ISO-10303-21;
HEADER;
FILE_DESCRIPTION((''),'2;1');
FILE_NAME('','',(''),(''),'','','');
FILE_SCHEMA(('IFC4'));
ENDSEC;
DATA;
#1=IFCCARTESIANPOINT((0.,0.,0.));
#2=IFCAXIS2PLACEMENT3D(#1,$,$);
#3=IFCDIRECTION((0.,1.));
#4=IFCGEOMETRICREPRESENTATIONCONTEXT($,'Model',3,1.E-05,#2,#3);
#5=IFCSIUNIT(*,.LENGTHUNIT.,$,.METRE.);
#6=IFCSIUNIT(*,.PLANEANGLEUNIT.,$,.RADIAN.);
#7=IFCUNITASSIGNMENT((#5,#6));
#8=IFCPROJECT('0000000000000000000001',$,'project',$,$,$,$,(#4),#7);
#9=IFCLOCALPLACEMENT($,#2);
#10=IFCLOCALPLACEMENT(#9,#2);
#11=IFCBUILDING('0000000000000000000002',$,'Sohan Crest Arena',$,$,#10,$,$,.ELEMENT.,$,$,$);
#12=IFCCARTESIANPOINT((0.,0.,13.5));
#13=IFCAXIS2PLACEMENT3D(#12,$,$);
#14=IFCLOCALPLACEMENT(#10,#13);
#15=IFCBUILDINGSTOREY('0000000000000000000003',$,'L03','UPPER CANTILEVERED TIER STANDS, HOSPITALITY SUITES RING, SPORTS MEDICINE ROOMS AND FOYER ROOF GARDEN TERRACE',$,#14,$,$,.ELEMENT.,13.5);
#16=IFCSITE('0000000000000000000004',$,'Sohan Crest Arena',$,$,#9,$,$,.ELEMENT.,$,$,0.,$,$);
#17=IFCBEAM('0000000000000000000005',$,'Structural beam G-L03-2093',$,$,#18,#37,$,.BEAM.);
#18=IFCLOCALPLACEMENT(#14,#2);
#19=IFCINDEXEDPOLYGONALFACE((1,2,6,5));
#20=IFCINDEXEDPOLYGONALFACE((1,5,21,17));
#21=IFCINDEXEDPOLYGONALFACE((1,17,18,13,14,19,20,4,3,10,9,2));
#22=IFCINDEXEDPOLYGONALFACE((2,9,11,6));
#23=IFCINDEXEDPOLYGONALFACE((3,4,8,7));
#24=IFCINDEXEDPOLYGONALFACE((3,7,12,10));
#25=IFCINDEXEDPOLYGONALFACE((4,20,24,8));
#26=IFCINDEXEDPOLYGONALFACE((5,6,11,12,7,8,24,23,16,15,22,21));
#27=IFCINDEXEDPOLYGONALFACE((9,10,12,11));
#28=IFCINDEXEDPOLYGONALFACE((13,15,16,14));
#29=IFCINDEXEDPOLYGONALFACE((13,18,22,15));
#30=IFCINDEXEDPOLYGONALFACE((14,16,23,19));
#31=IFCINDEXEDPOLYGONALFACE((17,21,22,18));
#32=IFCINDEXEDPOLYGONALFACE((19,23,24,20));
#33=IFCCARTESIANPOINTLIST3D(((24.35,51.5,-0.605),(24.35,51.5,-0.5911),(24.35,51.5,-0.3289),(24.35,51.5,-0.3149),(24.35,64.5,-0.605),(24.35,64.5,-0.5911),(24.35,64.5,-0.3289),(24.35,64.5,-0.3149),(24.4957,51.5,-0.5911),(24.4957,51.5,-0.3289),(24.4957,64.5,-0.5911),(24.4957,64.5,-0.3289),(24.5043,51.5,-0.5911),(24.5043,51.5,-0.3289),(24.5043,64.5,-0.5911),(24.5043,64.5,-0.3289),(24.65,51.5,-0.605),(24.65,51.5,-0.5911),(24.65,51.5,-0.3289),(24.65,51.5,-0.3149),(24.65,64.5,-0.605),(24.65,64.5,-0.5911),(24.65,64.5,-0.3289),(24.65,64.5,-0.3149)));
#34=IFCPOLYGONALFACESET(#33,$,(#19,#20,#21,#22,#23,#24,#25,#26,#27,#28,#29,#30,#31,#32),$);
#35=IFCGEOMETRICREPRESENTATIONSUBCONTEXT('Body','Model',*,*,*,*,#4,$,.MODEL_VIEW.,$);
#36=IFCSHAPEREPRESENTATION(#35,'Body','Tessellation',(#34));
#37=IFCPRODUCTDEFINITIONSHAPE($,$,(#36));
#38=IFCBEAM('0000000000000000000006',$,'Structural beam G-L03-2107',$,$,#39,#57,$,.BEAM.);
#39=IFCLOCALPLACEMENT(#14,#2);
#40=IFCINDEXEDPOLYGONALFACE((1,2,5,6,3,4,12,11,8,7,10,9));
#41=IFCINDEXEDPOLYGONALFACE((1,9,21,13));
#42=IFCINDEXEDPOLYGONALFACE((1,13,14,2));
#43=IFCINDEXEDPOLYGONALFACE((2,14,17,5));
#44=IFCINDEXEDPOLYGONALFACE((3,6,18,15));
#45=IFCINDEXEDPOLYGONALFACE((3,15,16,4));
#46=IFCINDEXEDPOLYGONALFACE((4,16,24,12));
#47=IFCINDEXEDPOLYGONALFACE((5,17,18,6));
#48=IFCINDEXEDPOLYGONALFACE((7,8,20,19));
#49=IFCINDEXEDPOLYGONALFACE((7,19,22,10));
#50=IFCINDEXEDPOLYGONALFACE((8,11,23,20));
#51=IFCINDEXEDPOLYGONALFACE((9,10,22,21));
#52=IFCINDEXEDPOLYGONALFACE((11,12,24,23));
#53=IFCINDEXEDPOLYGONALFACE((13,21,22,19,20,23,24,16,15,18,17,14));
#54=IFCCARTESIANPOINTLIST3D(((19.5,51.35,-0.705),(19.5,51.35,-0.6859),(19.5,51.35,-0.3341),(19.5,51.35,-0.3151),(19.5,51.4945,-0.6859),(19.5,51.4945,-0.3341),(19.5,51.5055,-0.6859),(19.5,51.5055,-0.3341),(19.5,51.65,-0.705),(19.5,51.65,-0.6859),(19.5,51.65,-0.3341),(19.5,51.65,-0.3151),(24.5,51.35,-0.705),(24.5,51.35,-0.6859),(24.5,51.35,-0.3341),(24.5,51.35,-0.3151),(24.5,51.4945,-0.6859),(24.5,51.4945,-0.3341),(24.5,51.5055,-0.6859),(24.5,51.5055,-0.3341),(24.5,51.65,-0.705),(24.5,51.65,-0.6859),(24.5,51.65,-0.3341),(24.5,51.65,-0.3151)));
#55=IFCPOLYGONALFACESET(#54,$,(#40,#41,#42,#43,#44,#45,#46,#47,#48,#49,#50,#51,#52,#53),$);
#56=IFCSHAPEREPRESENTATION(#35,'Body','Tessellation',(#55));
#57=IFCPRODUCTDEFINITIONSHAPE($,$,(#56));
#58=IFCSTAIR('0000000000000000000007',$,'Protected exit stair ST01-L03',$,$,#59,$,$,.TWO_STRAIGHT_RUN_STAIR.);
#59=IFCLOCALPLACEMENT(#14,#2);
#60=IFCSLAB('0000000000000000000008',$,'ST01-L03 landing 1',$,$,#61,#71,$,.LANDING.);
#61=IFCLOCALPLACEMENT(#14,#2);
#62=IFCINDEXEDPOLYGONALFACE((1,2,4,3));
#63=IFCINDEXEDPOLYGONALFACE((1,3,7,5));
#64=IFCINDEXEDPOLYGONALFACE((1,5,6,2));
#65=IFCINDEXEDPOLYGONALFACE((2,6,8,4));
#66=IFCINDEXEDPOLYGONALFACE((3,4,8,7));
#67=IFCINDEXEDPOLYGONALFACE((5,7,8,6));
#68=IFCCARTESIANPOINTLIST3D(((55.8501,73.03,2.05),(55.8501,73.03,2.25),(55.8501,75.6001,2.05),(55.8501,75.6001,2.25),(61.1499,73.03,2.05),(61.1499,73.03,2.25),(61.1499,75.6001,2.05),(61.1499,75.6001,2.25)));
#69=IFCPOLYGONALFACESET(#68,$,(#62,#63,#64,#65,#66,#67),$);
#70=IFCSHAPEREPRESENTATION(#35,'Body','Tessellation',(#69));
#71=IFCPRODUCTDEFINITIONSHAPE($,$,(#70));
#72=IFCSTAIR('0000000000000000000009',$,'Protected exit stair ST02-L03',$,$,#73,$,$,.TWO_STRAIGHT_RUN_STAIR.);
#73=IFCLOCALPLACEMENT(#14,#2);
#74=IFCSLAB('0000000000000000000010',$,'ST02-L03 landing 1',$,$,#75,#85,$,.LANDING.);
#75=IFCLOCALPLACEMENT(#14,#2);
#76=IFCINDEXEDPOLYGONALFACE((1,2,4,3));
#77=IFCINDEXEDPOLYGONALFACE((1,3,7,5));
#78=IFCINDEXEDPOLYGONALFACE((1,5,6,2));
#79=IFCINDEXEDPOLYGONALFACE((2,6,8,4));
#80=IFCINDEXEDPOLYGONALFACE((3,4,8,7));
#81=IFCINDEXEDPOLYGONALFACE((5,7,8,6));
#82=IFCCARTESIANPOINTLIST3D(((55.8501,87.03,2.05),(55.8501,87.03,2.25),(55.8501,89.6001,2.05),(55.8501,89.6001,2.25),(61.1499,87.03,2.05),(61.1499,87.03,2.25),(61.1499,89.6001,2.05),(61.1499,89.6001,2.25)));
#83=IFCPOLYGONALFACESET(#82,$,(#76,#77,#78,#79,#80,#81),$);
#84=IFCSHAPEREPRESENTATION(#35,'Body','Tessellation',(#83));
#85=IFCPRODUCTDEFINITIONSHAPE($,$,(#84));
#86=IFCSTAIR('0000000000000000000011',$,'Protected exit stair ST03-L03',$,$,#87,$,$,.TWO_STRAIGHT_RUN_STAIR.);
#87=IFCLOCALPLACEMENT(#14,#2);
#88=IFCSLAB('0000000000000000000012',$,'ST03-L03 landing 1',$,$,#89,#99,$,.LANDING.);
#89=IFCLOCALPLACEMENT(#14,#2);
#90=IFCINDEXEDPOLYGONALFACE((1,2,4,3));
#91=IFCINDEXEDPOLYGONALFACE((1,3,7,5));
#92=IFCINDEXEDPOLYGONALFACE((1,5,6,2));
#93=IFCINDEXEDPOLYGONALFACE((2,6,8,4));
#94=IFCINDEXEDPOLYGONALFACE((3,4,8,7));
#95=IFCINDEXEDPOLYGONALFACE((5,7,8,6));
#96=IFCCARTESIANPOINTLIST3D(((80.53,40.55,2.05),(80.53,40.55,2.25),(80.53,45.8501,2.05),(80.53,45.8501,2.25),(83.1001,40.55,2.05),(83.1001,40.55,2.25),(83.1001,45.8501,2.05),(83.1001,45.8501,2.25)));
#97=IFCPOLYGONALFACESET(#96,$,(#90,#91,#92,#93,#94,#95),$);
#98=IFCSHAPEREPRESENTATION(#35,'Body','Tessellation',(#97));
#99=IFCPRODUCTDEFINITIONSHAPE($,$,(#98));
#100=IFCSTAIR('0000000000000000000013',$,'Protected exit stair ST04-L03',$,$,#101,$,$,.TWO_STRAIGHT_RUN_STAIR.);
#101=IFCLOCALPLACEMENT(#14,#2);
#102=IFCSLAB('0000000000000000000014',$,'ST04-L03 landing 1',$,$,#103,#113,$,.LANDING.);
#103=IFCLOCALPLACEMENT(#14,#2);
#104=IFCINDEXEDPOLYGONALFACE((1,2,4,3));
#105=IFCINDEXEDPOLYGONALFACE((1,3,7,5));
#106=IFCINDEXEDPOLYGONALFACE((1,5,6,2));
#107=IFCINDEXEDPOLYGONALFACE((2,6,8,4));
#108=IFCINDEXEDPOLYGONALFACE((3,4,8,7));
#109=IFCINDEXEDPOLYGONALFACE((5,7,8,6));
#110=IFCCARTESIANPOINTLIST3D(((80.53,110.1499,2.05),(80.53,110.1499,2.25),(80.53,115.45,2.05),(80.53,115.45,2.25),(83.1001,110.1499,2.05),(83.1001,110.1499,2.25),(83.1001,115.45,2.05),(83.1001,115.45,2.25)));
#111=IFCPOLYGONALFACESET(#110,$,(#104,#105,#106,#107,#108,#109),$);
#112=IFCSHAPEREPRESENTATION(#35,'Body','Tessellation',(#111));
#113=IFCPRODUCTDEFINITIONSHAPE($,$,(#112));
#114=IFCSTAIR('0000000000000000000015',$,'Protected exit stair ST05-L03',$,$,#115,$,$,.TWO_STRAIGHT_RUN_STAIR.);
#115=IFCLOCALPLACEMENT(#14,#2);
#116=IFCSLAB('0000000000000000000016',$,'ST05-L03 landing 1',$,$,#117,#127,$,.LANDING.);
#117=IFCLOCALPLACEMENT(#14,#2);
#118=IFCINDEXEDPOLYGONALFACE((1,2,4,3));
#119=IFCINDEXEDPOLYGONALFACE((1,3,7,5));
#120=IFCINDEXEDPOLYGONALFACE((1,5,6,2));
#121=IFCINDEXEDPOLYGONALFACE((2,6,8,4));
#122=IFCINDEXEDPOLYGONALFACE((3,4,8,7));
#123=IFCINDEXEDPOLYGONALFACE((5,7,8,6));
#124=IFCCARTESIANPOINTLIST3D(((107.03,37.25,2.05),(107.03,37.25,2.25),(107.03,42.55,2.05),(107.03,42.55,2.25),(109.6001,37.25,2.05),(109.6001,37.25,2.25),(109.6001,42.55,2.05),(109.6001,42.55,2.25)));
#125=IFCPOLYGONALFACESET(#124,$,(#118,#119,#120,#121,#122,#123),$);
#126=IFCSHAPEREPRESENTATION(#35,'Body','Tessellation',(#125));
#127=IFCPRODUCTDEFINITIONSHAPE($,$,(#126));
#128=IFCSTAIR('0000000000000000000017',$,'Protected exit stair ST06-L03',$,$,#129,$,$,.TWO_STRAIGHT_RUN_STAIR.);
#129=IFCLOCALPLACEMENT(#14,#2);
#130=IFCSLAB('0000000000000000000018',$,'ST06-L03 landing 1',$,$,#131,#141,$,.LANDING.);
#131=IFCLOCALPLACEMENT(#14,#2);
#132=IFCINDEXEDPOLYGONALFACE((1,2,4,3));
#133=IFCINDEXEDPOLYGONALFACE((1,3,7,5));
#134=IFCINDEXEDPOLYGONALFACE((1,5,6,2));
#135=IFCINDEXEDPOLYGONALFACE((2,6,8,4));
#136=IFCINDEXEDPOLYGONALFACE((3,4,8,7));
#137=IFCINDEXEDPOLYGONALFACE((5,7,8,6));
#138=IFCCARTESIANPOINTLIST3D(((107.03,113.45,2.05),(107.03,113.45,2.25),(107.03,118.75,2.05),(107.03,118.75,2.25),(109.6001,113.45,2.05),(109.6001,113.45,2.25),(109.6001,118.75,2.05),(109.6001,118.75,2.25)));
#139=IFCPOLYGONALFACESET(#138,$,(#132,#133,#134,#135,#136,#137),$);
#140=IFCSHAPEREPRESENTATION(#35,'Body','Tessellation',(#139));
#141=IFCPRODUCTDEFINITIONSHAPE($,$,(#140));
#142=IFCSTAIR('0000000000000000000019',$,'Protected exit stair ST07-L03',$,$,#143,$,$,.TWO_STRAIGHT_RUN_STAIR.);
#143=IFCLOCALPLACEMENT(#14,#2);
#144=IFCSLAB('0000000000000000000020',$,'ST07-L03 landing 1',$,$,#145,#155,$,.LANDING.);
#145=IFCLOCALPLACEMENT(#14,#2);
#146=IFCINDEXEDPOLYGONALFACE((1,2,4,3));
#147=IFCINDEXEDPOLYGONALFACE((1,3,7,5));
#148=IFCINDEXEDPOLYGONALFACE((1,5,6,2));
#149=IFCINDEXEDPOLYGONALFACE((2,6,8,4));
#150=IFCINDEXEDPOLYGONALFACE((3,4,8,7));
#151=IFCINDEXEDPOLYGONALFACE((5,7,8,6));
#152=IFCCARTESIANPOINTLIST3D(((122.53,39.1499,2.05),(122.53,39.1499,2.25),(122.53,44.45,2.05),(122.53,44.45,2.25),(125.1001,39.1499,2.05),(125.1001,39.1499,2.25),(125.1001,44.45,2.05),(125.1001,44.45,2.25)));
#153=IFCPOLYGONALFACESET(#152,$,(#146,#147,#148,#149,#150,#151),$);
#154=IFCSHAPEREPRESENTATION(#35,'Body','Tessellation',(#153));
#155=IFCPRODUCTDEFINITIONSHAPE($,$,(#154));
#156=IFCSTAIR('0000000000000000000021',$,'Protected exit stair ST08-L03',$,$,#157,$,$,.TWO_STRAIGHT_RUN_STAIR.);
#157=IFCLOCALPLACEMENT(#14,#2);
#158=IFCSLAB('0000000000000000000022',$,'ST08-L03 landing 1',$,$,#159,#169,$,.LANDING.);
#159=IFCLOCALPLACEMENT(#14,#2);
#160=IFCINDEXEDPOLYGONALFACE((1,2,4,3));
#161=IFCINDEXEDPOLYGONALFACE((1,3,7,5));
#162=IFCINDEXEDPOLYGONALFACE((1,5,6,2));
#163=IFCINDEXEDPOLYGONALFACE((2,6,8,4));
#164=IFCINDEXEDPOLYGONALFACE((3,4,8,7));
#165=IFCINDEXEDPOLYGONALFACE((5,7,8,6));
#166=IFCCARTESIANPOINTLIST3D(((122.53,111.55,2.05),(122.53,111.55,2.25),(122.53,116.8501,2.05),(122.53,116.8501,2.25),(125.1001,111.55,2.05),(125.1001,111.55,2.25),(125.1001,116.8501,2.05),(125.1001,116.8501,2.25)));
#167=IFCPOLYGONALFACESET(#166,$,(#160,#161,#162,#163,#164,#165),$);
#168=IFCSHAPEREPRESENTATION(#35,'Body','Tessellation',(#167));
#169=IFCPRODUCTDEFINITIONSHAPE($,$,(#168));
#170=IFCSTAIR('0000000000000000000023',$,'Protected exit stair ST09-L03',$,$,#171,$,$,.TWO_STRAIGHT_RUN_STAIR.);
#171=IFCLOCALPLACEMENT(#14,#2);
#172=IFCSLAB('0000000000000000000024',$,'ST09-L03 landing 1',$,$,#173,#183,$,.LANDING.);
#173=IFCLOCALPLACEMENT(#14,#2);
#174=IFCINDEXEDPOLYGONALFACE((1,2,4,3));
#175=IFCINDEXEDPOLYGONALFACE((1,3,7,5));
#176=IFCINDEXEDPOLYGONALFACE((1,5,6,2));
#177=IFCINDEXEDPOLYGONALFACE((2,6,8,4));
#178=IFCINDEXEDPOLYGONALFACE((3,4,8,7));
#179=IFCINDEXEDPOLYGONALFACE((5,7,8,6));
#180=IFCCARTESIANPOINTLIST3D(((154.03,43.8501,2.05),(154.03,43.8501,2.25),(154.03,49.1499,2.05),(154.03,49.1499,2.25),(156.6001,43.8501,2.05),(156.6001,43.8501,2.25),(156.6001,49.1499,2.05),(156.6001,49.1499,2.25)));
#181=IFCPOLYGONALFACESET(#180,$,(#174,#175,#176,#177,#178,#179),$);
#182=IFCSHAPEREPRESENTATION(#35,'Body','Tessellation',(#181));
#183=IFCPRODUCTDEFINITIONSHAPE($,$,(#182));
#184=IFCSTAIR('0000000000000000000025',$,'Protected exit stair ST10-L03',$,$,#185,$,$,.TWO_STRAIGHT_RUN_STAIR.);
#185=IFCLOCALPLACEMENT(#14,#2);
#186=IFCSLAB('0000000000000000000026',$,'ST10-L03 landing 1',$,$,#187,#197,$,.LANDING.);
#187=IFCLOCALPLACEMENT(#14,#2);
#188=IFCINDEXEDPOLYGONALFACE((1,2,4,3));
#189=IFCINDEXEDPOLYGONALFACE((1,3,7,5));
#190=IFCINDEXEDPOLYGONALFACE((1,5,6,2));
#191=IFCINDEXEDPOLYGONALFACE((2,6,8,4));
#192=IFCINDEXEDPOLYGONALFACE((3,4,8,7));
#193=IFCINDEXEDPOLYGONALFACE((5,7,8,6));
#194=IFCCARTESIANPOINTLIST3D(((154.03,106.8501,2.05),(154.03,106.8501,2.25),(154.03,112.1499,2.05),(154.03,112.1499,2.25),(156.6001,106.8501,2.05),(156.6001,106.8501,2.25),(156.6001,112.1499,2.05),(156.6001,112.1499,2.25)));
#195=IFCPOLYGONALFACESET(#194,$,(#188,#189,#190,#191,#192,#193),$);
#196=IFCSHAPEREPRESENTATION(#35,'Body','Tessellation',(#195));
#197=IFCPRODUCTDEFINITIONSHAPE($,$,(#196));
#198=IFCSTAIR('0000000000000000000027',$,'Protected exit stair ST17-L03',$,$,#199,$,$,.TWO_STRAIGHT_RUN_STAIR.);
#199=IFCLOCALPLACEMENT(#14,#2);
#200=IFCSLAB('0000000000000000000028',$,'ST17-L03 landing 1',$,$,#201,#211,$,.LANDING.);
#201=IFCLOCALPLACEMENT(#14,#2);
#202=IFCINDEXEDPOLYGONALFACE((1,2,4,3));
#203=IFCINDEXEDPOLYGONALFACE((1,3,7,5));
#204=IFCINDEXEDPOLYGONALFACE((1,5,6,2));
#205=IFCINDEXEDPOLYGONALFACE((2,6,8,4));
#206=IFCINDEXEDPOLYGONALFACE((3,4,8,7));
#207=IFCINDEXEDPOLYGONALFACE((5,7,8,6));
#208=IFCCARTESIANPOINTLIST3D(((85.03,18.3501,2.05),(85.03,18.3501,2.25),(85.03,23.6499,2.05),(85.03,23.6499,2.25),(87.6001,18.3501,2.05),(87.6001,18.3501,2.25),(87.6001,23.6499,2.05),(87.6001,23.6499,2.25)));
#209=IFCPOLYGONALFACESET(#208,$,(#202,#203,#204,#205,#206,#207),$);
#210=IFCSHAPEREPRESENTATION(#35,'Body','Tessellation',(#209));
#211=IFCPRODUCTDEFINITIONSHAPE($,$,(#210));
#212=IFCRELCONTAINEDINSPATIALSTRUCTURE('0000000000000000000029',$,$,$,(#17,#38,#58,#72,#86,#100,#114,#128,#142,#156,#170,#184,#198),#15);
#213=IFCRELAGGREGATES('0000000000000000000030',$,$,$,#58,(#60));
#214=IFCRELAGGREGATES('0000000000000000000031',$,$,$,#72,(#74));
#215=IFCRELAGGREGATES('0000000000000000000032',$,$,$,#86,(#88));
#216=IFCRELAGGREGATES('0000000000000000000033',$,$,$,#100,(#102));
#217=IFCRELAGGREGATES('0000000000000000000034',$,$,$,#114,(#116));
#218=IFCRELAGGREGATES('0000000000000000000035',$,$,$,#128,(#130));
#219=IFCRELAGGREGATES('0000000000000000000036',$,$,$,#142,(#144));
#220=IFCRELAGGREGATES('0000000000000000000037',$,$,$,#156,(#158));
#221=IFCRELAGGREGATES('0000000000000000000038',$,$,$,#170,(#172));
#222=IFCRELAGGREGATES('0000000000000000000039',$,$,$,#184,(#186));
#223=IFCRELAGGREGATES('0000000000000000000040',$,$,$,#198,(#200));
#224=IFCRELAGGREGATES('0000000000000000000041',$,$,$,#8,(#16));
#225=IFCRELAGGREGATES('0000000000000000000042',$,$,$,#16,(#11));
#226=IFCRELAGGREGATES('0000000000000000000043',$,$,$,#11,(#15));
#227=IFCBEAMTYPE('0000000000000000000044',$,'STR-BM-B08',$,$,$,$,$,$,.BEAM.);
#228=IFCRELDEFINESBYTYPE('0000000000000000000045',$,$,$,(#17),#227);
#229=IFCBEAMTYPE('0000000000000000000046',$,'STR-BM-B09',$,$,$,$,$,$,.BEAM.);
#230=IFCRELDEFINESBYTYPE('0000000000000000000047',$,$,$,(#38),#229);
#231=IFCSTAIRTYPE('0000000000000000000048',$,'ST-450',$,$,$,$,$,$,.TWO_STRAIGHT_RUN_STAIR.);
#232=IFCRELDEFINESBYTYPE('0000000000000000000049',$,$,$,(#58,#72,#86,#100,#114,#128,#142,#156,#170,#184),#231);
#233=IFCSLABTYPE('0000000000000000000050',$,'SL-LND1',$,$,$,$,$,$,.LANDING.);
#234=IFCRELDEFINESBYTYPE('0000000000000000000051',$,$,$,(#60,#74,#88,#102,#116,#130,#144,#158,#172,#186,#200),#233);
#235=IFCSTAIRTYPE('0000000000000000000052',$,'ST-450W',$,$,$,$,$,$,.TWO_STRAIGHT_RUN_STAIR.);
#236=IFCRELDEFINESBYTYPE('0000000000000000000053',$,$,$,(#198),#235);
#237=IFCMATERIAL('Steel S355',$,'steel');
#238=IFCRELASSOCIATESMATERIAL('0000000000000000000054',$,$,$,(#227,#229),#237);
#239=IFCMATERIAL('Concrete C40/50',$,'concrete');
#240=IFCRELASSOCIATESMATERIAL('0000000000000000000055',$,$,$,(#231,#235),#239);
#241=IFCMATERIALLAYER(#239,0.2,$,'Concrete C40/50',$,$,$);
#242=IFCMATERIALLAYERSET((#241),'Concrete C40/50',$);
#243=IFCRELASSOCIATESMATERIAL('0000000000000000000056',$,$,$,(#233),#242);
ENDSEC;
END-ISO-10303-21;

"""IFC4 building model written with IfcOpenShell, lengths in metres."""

from ifc_helpers import new_model, si_unit, direction, frame, origin, origin_2d, place, context, subcontext, project, spatial, polyline, i_section, outline, extrude, material, layer, layer_set, material_profile, profile_set, type_object, element, aggregate, save


model = new_model("IFC4")

# Units and contexts
model_context = context("Model", 3, precision=1e-05, world=origin(), true_north=direction((0.0, 1.0)))
body_context = subcontext(model_context, "Body", "Model", "MODEL_VIEW")
ifc_project = project(units=[si_unit("LENGTHUNIT", "METRE"), si_unit("PLANEANGLEUNIT", "RADIAN")], contexts=[model_context])

# Site, building, storey
site_placement = place(None, origin())
site = spatial("IfcSite", under=ifc_project, at=site_placement, Name="Sohan Crest Arena", CompositionType="ELEMENT", RefElevation=0.0)
building_placement = place(site_placement, origin())
building = spatial("IfcBuilding", under=site, at=building_placement, Name="Sohan Crest Arena", CompositionType="ELEMENT")
storey_placement = place(building_placement, frame((0.0, 0.0, 13.5)))
storey = spatial("IfcBuildingStorey", under=building, at=storey_placement, Name="L03", Description="UPPER CANTILEVERED TIER STANDS, HOSPITALITY SUITES RING, SPORTS MEDICINE ROOMS AND FOYER ROOF GARDEN TERRACE", CompositionType="ELEMENT", Elevation=13.5)

# Beams
ifc_material_1 = material(Name="Steel S355", Category="steel")
ifc_material_profile_1 = material_profile(ifc_material_1, i_section(OverallWidth=0.3, OverallDepth=0.29, WebThickness=0.0085, FlangeThickness=0.0139, at=origin_2d()), Name="HEA 300")
ifc_profile_set_1 = profile_set([ifc_material_profile_1], Name="Steel S355")
beam_type_1 = type_object("IfcBeamType", Name="STR-BM-B08", PredefinedType="BEAM", material=ifc_profile_set_1)
beam_1_placement = place(storey_placement, frame((24.5, 51.5, -0.46), z_axis=(0.0, 1.0, 0.0), x_axis=(-1.0, 0.0, 0.0)))
element("IfcBeam", 1, at=beam_1_placement, inside=storey, type_object=beam_type_1, Name="Structural beam G-L03-2093", PredefinedType="BEAM", context=body_context, shape_type="SweptSolid", body=[
    extrude(i_section(OverallWidth=0.3, OverallDepth=0.29, WebThickness=0.0085, FlangeThickness=0.0139, at=origin_2d()), origin(), (0.0, 0.0, 1.0), 13.0),
])
ifc_material_profile_2 = material_profile(ifc_material_1, i_section(OverallWidth=0.3, OverallDepth=0.3899, WebThickness=0.011, FlangeThickness=0.019, at=origin_2d()), Name="HEA 400")
ifc_profile_set_2 = profile_set([ifc_material_profile_2], Name="Steel S355")
beam_type_2 = type_object("IfcBeamType", Name="STR-BM-B09", PredefinedType="BEAM", material=ifc_profile_set_2)
beam_2_placement = place(storey_placement, frame((19.5, 51.5, -0.51), z_axis=(1.0, 0.0, 0.0), x_axis=(0.0, 1.0, 0.0)))
element("IfcBeam", 2, at=beam_2_placement, inside=storey, type_object=beam_type_2, Name="Structural beam G-L03-2107", PredefinedType="BEAM", context=body_context, shape_type="SweptSolid", body=[
    extrude(i_section(OverallWidth=0.3, OverallDepth=0.3899, WebThickness=0.011, FlangeThickness=0.019, at=origin_2d()), origin(), (0.0, 0.0, 1.0), 5.0),
])

# Stairs, slabs
ifc_material_2 = material(Name="Concrete C40/50", Category="concrete")
stair_type_1 = type_object("IfcStairType", Name="ST-450", PredefinedType="TWO_STRAIGHT_RUN_STAIR", material=ifc_material_2)
stair_1_placement = place(storey_placement, origin())
stair_1 = element("IfcStair", 3, at=stair_1_placement, inside=storey, type_object=stair_type_1, Name="Protected exit stair ST01-L03", PredefinedType="TWO_STRAIGHT_RUN_STAIR")
ifc_layer_1 = layer(ifc_material_2, 0.2, Name="Concrete C40/50")
ifc_layer_set_1 = layer_set([ifc_layer_1], Name="Concrete C40/50")
slab_type_1 = type_object("IfcSlabType", Name="SL-LND1", PredefinedType="LANDING", material=ifc_layer_set_1)
slab_1_placement = place(storey_placement, frame((0.0, 0.0, 2.05)))
slab_1 = element("IfcSlab", 4, at=slab_1_placement, type_object=slab_type_1, Name="ST01-L03 landing 1", PredefinedType="LANDING", context=body_context, shape_type="SweptSolid", body=[
    extrude(outline(polyline([(55.8501, 73.03), (61.1499, 73.03), (61.1499, 75.6001), (55.8501, 75.6001), (55.8501, 73.03)])), origin(), (0.0, 0.0, 1.0), 0.2),
])
aggregate(stair_1, [slab_1])
stair_2_placement = place(storey_placement, origin())
stair_2 = element("IfcStair", 5, at=stair_2_placement, inside=storey, type_object=stair_type_1, Name="Protected exit stair ST02-L03", PredefinedType="TWO_STRAIGHT_RUN_STAIR")
slab_2_placement = place(storey_placement, frame((0.0, 0.0, 2.05)))
slab_2 = element("IfcSlab", 6, at=slab_2_placement, type_object=slab_type_1, Name="ST02-L03 landing 1", PredefinedType="LANDING", context=body_context, shape_type="SweptSolid", body=[
    extrude(outline(polyline([(55.8501, 87.03), (61.1499, 87.03), (61.1499, 89.6001), (55.8501, 89.6001), (55.8501, 87.03)])), origin(), (0.0, 0.0, 1.0), 0.2),
])
aggregate(stair_2, [slab_2])
stair_3_placement = place(storey_placement, origin())
stair_3 = element("IfcStair", 7, at=stair_3_placement, inside=storey, type_object=stair_type_1, Name="Protected exit stair ST03-L03", PredefinedType="TWO_STRAIGHT_RUN_STAIR")
slab_3_placement = place(storey_placement, frame((0.0, 0.0, 2.05)))
slab_3 = element("IfcSlab", 8, at=slab_3_placement, type_object=slab_type_1, Name="ST03-L03 landing 1", PredefinedType="LANDING", context=body_context, shape_type="SweptSolid", body=[
    extrude(outline(polyline([(80.53, 40.55), (83.1001, 40.55), (83.1001, 45.8501), (80.53, 45.8501), (80.53, 40.55)])), origin(), (0.0, 0.0, 1.0), 0.2),
])
aggregate(stair_3, [slab_3])
stair_4_placement = place(storey_placement, origin())
stair_4 = element("IfcStair", 9, at=stair_4_placement, inside=storey, type_object=stair_type_1, Name="Protected exit stair ST04-L03", PredefinedType="TWO_STRAIGHT_RUN_STAIR")
slab_4_placement = place(storey_placement, frame((0.0, 0.0, 2.05)))
slab_4 = element("IfcSlab", 10, at=slab_4_placement, type_object=slab_type_1, Name="ST04-L03 landing 1", PredefinedType="LANDING", context=body_context, shape_type="SweptSolid", body=[
    extrude(outline(polyline([(80.53, 110.1499), (83.1001, 110.1499), (83.1001, 115.45), (80.53, 115.45), (80.53, 110.1499)])), origin(), (0.0, 0.0, 1.0), 0.2),
])
aggregate(stair_4, [slab_4])
stair_5_placement = place(storey_placement, origin())
stair_5 = element("IfcStair", 11, at=stair_5_placement, inside=storey, type_object=stair_type_1, Name="Protected exit stair ST05-L03", PredefinedType="TWO_STRAIGHT_RUN_STAIR")
slab_5_placement = place(storey_placement, frame((0.0, 0.0, 2.05)))
slab_5 = element("IfcSlab", 12, at=slab_5_placement, type_object=slab_type_1, Name="ST05-L03 landing 1", PredefinedType="LANDING", context=body_context, shape_type="SweptSolid", body=[
    extrude(outline(polyline([(107.03, 37.25), (109.6001, 37.25), (109.6001, 42.55), (107.03, 42.55), (107.03, 37.25)])), origin(), (0.0, 0.0, 1.0), 0.2),
])
aggregate(stair_5, [slab_5])
stair_6_placement = place(storey_placement, origin())
stair_6 = element("IfcStair", 13, at=stair_6_placement, inside=storey, type_object=stair_type_1, Name="Protected exit stair ST06-L03", PredefinedType="TWO_STRAIGHT_RUN_STAIR")
slab_6_placement = place(storey_placement, frame((0.0, 0.0, 2.05)))
slab_6 = element("IfcSlab", 14, at=slab_6_placement, type_object=slab_type_1, Name="ST06-L03 landing 1", PredefinedType="LANDING", context=body_context, shape_type="SweptSolid", body=[
    extrude(outline(polyline([(107.03, 113.45), (109.6001, 113.45), (109.6001, 118.75), (107.03, 118.75), (107.03, 113.45)])), origin(), (0.0, 0.0, 1.0), 0.2),
])
aggregate(stair_6, [slab_6])
stair_7_placement = place(storey_placement, origin())
stair_7 = element("IfcStair", 15, at=stair_7_placement, inside=storey, type_object=stair_type_1, Name="Protected exit stair ST07-L03", PredefinedType="TWO_STRAIGHT_RUN_STAIR")
slab_7_placement = place(storey_placement, frame((0.0, 0.0, 2.05)))
slab_7 = element("IfcSlab", 16, at=slab_7_placement, type_object=slab_type_1, Name="ST07-L03 landing 1", PredefinedType="LANDING", context=body_context, shape_type="SweptSolid", body=[
    extrude(outline(polyline([(122.53, 39.1499), (125.1001, 39.1499), (125.1001, 44.45), (122.53, 44.45), (122.53, 39.1499)])), origin(), (0.0, 0.0, 1.0), 0.2),
])
aggregate(stair_7, [slab_7])
stair_8_placement = place(storey_placement, origin())
stair_8 = element("IfcStair", 17, at=stair_8_placement, inside=storey, type_object=stair_type_1, Name="Protected exit stair ST08-L03", PredefinedType="TWO_STRAIGHT_RUN_STAIR")
slab_8_placement = place(storey_placement, frame((0.0, 0.0, 2.05)))
slab_8 = element("IfcSlab", 18, at=slab_8_placement, type_object=slab_type_1, Name="ST08-L03 landing 1", PredefinedType="LANDING", context=body_context, shape_type="SweptSolid", body=[
    extrude(outline(polyline([(122.53, 111.55), (125.1001, 111.55), (125.1001, 116.8501), (122.53, 116.8501), (122.53, 111.55)])), origin(), (0.0, 0.0, 1.0), 0.2),
])
aggregate(stair_8, [slab_8])
stair_9_placement = place(storey_placement, origin())
stair_9 = element("IfcStair", 19, at=stair_9_placement, inside=storey, type_object=stair_type_1, Name="Protected exit stair ST09-L03", PredefinedType="TWO_STRAIGHT_RUN_STAIR")
slab_9_placement = place(storey_placement, frame((0.0, 0.0, 2.05)))
slab_9 = element("IfcSlab", 20, at=slab_9_placement, type_object=slab_type_1, Name="ST09-L03 landing 1", PredefinedType="LANDING", context=body_context, shape_type="SweptSolid", body=[
    extrude(outline(polyline([(154.03, 43.8501), (156.6001, 43.8501), (156.6001, 49.1499), (154.03, 49.1499), (154.03, 43.8501)])), origin(), (0.0, 0.0, 1.0), 0.2),
])
aggregate(stair_9, [slab_9])
stair_10_placement = place(storey_placement, origin())
stair_10 = element("IfcStair", 21, at=stair_10_placement, inside=storey, type_object=stair_type_1, Name="Protected exit stair ST10-L03", PredefinedType="TWO_STRAIGHT_RUN_STAIR")
slab_10_placement = place(storey_placement, frame((0.0, 0.0, 2.05)))
slab_10 = element("IfcSlab", 22, at=slab_10_placement, type_object=slab_type_1, Name="ST10-L03 landing 1", PredefinedType="LANDING", context=body_context, shape_type="SweptSolid", body=[
    extrude(outline(polyline([(154.03, 106.8501), (156.6001, 106.8501), (156.6001, 112.1499), (154.03, 112.1499), (154.03, 106.8501)])), origin(), (0.0, 0.0, 1.0), 0.2),
])
aggregate(stair_10, [slab_10])
stair_type_2 = type_object("IfcStairType", Name="ST-450W", PredefinedType="TWO_STRAIGHT_RUN_STAIR", material=ifc_material_2)
stair_11_placement = place(storey_placement, origin())
stair_11 = element("IfcStair", 23, at=stair_11_placement, inside=storey, type_object=stair_type_2, Name="Protected exit stair ST17-L03", PredefinedType="TWO_STRAIGHT_RUN_STAIR")
slab_11_placement = place(storey_placement, frame((0.0, 0.0, 2.05)))
slab_11 = element("IfcSlab", 24, at=slab_11_placement, type_object=slab_type_1, Name="ST17-L03 landing 1", PredefinedType="LANDING", context=body_context, shape_type="SweptSolid", body=[
    extrude(outline(polyline([(85.03, 18.3501), (87.6001, 18.3501), (87.6001, 23.6499), (85.03, 23.6499), (85.03, 18.3501)])), origin(), (0.0, 0.0, 1.0), 0.2),
])
aggregate(stair_11, [slab_11])

save(model, "model.ifc")
